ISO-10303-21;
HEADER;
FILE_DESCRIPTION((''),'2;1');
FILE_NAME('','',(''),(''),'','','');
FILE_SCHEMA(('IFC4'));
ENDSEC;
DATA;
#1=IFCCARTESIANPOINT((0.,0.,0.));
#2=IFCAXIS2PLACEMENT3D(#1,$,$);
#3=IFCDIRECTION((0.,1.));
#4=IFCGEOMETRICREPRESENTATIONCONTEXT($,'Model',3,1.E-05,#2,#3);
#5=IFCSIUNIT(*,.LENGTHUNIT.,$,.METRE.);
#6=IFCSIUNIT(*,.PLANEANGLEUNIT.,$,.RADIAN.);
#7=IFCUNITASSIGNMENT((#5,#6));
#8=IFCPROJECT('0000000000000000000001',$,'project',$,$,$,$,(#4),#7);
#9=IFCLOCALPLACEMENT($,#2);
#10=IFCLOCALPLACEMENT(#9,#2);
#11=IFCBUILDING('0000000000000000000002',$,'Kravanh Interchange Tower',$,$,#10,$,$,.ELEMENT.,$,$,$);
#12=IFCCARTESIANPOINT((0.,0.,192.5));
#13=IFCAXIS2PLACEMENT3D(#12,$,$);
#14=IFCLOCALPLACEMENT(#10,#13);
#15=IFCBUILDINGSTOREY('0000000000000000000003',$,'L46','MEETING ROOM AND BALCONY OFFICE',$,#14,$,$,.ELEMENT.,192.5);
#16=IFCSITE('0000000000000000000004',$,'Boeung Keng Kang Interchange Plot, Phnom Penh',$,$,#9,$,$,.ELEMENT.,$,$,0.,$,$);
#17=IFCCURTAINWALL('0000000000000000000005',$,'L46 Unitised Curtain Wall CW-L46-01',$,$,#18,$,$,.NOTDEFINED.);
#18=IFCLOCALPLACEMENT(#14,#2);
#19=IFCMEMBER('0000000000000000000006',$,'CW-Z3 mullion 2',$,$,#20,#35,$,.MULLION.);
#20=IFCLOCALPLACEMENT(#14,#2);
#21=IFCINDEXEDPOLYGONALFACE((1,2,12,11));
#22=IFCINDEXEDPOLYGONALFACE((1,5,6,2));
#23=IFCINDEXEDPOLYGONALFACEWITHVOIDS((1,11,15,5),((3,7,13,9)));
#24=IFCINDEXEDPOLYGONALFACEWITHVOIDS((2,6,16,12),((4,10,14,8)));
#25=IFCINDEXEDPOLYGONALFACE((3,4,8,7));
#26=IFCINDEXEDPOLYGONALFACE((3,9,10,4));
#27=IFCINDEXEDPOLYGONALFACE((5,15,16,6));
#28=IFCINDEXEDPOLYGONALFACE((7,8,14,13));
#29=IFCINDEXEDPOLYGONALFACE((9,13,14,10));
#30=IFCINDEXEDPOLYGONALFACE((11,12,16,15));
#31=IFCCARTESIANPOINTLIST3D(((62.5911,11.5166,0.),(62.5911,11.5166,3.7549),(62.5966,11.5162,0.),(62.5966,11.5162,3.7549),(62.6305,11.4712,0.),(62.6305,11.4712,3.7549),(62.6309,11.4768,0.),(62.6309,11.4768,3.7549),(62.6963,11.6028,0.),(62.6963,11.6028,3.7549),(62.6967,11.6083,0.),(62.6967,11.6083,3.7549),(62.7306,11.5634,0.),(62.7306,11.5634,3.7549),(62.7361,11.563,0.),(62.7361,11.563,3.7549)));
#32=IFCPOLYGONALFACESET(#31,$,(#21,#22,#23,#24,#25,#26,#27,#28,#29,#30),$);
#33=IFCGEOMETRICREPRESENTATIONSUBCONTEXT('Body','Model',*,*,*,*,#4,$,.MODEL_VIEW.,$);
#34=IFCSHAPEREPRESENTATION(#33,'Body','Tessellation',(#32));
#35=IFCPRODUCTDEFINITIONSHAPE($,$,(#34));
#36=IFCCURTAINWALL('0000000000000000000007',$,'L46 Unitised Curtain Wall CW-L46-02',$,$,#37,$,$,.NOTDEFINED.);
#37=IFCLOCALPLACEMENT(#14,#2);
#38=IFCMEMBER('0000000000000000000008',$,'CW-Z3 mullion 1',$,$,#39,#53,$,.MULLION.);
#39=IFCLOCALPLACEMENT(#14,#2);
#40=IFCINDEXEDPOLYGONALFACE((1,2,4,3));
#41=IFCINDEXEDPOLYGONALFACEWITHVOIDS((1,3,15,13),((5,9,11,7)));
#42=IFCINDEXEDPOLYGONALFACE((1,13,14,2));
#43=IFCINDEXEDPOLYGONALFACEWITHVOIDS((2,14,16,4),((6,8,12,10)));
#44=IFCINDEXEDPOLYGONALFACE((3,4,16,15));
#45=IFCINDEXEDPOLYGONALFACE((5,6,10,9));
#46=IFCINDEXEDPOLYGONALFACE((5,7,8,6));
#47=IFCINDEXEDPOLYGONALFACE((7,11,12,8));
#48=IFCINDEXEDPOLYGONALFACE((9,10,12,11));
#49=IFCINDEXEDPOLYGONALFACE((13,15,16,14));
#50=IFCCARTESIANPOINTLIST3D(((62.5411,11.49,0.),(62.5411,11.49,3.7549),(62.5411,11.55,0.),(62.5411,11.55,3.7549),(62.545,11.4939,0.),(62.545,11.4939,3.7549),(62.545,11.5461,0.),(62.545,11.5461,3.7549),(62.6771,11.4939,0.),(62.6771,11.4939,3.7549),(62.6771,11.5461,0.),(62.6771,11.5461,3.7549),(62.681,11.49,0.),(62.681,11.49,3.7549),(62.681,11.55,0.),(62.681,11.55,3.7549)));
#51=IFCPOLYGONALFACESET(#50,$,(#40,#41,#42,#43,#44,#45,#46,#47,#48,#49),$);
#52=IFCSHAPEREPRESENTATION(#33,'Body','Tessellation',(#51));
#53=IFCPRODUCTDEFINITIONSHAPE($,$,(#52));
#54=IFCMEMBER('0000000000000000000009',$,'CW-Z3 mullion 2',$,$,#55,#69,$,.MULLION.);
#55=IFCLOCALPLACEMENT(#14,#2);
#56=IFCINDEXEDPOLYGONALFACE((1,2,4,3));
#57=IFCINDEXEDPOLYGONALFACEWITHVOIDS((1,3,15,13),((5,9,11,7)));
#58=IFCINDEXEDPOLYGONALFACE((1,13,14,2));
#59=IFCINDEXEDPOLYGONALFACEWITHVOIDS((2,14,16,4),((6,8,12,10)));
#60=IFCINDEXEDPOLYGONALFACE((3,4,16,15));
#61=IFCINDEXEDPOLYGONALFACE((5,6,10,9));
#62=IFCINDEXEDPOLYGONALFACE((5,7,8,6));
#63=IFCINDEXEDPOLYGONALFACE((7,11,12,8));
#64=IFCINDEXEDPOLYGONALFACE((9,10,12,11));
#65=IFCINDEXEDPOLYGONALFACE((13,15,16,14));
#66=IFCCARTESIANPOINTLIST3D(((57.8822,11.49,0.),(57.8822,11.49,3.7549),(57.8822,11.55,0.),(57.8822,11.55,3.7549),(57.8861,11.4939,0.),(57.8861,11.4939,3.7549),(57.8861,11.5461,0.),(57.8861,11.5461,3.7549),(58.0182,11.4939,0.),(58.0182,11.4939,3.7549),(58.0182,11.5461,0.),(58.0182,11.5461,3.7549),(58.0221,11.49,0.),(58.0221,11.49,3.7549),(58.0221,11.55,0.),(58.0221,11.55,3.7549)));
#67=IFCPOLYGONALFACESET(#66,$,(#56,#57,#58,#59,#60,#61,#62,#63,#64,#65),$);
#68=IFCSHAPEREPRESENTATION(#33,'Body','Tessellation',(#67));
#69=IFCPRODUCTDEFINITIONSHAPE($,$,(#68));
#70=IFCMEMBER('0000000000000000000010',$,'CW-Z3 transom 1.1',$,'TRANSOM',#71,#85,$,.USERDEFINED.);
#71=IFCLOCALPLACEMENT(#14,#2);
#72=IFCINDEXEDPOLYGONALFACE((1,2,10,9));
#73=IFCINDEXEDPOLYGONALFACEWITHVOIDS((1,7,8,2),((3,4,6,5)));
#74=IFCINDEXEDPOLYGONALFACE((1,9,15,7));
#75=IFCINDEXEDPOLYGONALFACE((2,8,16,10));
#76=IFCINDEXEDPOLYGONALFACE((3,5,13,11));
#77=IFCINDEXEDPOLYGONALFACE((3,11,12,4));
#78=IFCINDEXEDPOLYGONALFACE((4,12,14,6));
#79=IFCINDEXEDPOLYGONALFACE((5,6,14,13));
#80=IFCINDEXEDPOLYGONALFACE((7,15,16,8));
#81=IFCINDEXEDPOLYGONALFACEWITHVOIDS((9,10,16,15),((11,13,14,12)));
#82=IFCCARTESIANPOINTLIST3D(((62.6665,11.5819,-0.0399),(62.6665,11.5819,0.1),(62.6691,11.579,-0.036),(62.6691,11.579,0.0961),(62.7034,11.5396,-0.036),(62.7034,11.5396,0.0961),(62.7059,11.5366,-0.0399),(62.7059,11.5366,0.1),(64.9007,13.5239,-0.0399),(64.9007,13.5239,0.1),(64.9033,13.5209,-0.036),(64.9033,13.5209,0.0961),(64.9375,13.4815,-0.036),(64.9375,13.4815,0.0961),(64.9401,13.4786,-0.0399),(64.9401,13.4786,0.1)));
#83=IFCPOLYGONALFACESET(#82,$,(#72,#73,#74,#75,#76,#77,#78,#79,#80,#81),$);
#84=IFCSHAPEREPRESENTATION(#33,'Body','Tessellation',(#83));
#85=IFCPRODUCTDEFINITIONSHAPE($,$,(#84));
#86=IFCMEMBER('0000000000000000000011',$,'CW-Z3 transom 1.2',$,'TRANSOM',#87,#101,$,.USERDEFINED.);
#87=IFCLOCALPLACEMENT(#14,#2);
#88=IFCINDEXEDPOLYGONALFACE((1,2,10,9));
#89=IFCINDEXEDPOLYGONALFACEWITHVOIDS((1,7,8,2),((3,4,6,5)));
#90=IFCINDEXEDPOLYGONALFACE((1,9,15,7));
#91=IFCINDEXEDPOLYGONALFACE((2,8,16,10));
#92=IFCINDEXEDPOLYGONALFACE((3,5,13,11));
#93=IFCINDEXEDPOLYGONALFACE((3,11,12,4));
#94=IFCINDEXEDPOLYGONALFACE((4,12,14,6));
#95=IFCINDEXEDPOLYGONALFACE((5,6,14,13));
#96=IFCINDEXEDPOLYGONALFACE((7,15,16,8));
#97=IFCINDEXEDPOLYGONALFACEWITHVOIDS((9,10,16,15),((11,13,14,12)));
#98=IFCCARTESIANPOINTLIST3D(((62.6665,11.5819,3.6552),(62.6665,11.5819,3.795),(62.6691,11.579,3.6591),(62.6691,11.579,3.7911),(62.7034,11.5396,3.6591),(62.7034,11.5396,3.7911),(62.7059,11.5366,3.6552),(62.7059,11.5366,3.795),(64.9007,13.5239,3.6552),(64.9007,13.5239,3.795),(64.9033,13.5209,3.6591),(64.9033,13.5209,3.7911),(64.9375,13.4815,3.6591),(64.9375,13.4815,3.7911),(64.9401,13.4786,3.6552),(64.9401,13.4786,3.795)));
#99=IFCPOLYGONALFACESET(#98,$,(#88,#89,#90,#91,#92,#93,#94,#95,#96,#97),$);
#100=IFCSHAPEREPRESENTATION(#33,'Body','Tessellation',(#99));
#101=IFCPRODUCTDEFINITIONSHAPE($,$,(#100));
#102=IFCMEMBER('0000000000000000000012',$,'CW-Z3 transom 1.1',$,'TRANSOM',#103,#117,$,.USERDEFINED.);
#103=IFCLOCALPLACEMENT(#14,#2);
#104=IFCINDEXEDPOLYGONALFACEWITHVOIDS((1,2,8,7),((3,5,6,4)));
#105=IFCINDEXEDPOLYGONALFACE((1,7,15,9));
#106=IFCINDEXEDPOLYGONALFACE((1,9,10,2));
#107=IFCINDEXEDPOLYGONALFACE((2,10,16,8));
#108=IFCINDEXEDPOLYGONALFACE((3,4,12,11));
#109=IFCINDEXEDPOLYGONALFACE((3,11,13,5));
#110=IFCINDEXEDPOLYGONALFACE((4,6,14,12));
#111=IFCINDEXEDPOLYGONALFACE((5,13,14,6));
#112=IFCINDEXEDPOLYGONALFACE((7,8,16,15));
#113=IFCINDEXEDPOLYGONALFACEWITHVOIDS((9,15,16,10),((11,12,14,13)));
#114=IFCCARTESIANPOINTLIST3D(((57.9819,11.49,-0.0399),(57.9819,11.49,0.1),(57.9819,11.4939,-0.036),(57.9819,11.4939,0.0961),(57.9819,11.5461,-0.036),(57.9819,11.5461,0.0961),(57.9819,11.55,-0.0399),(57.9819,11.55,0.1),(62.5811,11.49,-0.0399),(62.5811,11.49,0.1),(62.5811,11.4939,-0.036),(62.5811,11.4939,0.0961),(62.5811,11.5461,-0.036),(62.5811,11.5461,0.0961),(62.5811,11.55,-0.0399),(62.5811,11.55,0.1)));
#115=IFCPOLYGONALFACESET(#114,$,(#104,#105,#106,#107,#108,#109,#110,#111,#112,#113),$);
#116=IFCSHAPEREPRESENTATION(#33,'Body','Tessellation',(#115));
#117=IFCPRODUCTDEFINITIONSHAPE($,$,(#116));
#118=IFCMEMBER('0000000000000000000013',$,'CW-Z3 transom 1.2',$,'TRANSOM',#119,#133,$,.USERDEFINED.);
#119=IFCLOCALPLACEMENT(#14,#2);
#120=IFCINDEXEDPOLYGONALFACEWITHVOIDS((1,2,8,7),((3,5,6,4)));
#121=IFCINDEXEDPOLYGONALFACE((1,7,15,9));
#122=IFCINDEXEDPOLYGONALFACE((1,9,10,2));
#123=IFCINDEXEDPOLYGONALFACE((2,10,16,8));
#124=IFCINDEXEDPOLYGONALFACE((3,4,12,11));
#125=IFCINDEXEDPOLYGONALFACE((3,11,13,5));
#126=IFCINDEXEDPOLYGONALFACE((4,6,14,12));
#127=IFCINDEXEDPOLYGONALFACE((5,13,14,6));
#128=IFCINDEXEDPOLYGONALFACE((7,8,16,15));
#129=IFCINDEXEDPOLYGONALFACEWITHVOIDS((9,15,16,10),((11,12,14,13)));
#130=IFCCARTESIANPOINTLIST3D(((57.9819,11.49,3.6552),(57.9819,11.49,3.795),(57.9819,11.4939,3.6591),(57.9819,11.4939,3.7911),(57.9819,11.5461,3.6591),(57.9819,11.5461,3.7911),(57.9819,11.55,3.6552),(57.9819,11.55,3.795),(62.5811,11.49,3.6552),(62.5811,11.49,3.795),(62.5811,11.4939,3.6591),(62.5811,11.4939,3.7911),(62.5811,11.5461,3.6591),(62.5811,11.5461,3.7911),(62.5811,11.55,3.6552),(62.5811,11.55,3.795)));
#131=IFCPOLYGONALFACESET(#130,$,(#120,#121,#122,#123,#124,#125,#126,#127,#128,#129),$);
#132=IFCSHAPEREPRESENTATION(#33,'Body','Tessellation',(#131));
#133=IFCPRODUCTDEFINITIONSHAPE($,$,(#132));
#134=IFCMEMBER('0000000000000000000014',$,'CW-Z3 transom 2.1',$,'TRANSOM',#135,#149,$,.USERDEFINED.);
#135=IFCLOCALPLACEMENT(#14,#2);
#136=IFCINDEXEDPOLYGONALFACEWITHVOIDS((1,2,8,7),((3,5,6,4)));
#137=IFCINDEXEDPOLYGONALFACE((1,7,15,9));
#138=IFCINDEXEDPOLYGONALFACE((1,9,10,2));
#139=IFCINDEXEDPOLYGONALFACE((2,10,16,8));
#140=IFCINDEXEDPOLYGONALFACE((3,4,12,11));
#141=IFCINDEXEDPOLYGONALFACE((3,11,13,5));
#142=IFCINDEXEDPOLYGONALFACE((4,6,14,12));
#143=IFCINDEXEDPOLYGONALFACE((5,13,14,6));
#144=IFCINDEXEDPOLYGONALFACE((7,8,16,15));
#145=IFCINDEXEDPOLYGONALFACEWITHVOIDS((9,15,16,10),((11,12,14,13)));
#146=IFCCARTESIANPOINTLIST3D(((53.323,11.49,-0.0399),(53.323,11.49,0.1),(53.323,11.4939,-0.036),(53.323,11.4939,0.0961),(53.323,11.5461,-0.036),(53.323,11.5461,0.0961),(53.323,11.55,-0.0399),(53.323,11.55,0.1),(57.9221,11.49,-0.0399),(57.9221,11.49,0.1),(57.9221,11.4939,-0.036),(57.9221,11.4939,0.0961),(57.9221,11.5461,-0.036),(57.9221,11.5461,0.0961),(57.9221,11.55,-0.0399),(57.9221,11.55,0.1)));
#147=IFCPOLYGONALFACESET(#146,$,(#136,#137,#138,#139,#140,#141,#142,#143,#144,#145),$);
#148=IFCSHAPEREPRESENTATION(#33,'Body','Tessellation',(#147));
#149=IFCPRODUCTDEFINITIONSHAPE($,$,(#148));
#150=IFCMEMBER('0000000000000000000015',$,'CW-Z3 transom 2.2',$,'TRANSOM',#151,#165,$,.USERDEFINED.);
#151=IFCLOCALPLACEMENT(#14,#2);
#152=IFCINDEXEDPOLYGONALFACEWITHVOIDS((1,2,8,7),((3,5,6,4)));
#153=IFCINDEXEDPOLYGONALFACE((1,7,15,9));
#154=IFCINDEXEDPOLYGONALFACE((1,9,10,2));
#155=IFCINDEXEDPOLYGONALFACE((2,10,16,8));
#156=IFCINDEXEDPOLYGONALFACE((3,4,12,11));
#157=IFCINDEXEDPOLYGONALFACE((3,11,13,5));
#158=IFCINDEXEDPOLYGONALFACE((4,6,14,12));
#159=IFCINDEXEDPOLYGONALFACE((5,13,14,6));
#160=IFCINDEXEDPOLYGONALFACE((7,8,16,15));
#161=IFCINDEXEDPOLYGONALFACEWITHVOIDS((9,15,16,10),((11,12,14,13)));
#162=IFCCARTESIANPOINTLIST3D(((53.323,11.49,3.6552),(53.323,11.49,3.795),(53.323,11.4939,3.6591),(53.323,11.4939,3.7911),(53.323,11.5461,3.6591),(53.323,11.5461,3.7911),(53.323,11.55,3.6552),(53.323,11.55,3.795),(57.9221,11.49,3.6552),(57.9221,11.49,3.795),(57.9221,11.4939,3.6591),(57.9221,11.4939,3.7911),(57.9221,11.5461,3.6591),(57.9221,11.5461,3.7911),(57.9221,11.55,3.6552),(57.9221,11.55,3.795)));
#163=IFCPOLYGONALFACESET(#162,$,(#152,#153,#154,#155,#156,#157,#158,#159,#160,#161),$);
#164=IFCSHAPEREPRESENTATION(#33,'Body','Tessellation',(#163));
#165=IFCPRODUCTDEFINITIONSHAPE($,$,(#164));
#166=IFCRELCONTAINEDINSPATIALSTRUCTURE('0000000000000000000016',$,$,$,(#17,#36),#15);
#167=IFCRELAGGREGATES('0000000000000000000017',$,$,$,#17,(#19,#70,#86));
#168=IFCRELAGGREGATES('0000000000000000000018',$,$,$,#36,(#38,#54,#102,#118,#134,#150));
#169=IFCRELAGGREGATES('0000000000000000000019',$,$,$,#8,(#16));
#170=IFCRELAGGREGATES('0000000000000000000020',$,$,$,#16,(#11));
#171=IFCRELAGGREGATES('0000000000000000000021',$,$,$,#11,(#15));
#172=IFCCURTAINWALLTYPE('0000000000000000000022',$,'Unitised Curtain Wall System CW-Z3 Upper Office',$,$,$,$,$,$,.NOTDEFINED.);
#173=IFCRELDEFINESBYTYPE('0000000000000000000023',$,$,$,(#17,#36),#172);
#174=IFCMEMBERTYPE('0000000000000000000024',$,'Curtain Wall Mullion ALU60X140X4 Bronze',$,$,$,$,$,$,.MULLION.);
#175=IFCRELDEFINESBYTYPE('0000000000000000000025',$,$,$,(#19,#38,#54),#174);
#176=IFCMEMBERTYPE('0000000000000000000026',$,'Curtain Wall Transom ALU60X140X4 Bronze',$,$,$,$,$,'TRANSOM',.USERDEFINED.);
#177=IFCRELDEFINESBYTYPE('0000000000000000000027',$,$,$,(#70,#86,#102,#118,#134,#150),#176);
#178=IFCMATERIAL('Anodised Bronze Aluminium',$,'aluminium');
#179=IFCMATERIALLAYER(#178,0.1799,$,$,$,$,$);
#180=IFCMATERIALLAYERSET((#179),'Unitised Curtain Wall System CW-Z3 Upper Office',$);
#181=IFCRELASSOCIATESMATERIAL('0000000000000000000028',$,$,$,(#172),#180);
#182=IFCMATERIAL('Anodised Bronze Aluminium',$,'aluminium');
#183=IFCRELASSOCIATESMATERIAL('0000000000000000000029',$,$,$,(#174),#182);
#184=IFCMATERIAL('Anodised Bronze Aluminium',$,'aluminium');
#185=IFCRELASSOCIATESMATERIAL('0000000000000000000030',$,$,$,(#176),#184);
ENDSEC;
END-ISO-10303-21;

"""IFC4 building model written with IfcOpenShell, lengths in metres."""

from ifc_helpers import new_model, si_unit, direction, frame, origin, origin_2d, place, context, subcontext, project, spatial, hollow_rectangle, extrude, material, layer, layer_set, material_profile, profile_set, type_object, element, aggregate, save


model = new_model("IFC4")

# Units and contexts
model_context = context("Model", 3, precision=1e-05, world=origin(), true_north=direction((0.0, 1.0)))
body_context = subcontext(model_context, "Body", "Model", "MODEL_VIEW")
ifc_project = project(units=[si_unit("LENGTHUNIT", "METRE"), si_unit("PLANEANGLEUNIT", "RADIAN")], contexts=[model_context])

# Site, building, storey
site_placement = place(None, origin())
site = spatial("IfcSite", under=ifc_project, at=site_placement, Name="Boeung Keng Kang Interchange Plot, Phnom Penh", CompositionType="ELEMENT", RefElevation=0.0)
building_placement = place(site_placement, origin())
building = spatial("IfcBuilding", under=site, at=building_placement, Name="Kravanh Interchange Tower", CompositionType="ELEMENT")
storey_placement = place(building_placement, frame((0.0, 0.0, 192.5)))
storey = spatial("IfcBuildingStorey", under=building, at=storey_placement, Name="L46", Description="MEETING ROOM AND BALCONY OFFICE", CompositionType="ELEMENT", Elevation=192.5)

# Curtain walls, members
ifc_material_1 = material(Name="Anodised Bronze Aluminium", Category="aluminium")
ifc_layer_1 = layer(ifc_material_1, 0.1799)
ifc_layer_set_1 = layer_set([ifc_layer_1], Name="Unitised Curtain Wall System CW-Z3 Upper Office")
curtain_wall_type = type_object("IfcCurtainWallType", Name="Unitised Curtain Wall System CW-Z3 Upper Office", PredefinedType="NOTDEFINED", material=ifc_layer_set_1)
curtain_wall_1_placement = place(storey_placement, origin())
curtain_wall_1 = element("IfcCurtainWall", 1, at=curtain_wall_1_placement, inside=storey, type_object=curtain_wall_type, Name="L46 Unitised Curtain Wall CW-L46-01", PredefinedType="NOTDEFINED")
ifc_material_2 = material(Name="Anodised Bronze Aluminium", Category="aluminium")
ifc_material_profile_1 = material_profile(ifc_material_2, hollow_rectangle(XDim=0.0601, YDim=0.1399, WallThickness=0.0039, at=origin_2d()), Name="ALU60X140X4")
ifc_profile_set_1 = profile_set([ifc_material_profile_1], Name="Anodised Bronze Aluminium")
member_type_1 = type_object("IfcMemberType", Name="Curtain Wall Mullion ALU60X140X4 Bronze", PredefinedType="MULLION", material=ifc_profile_set_1)
member_1_placement = place(storey_placement, frame((62.6636, 11.5398, 0.0), z_axis=(0.0, 0.0, 1.0), x_axis=(0.656051, -0.754717, 0.0)))
member_1 = element("IfcMember", 2, at=member_1_placement, type_object=member_type_1, Name="CW-Z3 mullion 2", PredefinedType="MULLION", context=body_context, shape_type="SweptSolid", body=[
    extrude(hollow_rectangle(XDim=0.0601, YDim=0.1399, WallThickness=0.0039, at=origin_2d()), origin(), (0.0, 0.0, 1.0), 3.7549),
])
curtain_wall_2_placement = place(storey_placement, origin())
curtain_wall_2 = element("IfcCurtainWall", 3, at=curtain_wall_2_placement, inside=storey, type_object=curtain_wall_type, Name="L46 Unitised Curtain Wall CW-L46-02", PredefinedType="NOTDEFINED")
member_2_placement = place(storey_placement, frame((62.6111, 11.52, 0.0), z_axis=(0.0, 0.0, 1.0), x_axis=(0.0, -1.0, 0.0)))
member_2 = element("IfcMember", 4, at=member_2_placement, type_object=member_type_1, Name="CW-Z3 mullion 1", PredefinedType="MULLION", context=body_context, shape_type="SweptSolid", body=[
    extrude(hollow_rectangle(XDim=0.0601, YDim=0.1399, WallThickness=0.0039, at=origin_2d()), origin(), (0.0, 0.0, 1.0), 3.7549),
])
member_3_placement = place(storey_placement, frame((57.9521, 11.52, 0.0), z_axis=(0.0, 0.0, 1.0), x_axis=(0.0, -1.0, 0.0)))
member_3 = element("IfcMember", 5, at=member_3_placement, type_object=member_type_1, Name="CW-Z3 mullion 2", PredefinedType="MULLION", context=body_context, shape_type="SweptSolid", body=[
    extrude(hollow_rectangle(XDim=0.0601, YDim=0.1399, WallThickness=0.0039, at=origin_2d()), origin(), (0.0, 0.0, 1.0), 3.7549),
])

# Members
ifc_material_3 = material(Name="Anodised Bronze Aluminium", Category="aluminium")
ifc_material_profile_2 = material_profile(ifc_material_3, hollow_rectangle(XDim=0.0601, YDim=0.1399, WallThickness=0.0039, at=origin_2d()), Name="ALU60X140X4")
ifc_profile_set_2 = profile_set([ifc_material_profile_2], Name="Anodised Bronze Aluminium")
member_type_2 = type_object("IfcMemberType", Name="Curtain Wall Transom ALU60X140X4 Bronze", ElementType="TRANSOM", PredefinedType="USERDEFINED", material=ifc_profile_set_2)
member_4_placement = place(storey_placement, frame((64.9204, 13.5012, 0.03), z_axis=(-0.754744, -0.656019, 0.0), x_axis=(0.656019, -0.754744, 0.0)))
member_4 = element("IfcMember", 6, at=member_4_placement, type_object=member_type_2, Name="CW-Z3 transom 1.1", ObjectType="TRANSOM", PredefinedType="USERDEFINED", context=body_context, shape_type="SweptSolid", body=[
    extrude(hollow_rectangle(XDim=0.0601, YDim=0.1399, WallThickness=0.0039, at=origin_2d()), origin(), (0.0, 0.0, 1.0), 2.9602),
])
member_5_placement = place(storey_placement, frame((64.9204, 13.5012, 3.7251), z_axis=(-0.754744, -0.656019, 0.0), x_axis=(0.656019, -0.754744, 0.0)))
member_5 = element("IfcMember", 7, at=member_5_placement, type_object=member_type_2, Name="CW-Z3 transom 1.2", ObjectType="TRANSOM", PredefinedType="USERDEFINED", context=body_context, shape_type="SweptSolid", body=[
    extrude(hollow_rectangle(XDim=0.0601, YDim=0.1399, WallThickness=0.0039, at=origin_2d()), origin(), (0.0, 0.0, 1.0), 2.9602),
])
member_6_placement = place(storey_placement, frame((62.5811, 11.52, 0.03), z_axis=(-1.0, 0.0, 0.0), x_axis=(0.0, -1.0, 0.0)))
member_6 = element("IfcMember", 8, at=member_6_placement, type_object=member_type_2, Name="CW-Z3 transom 1.1", ObjectType="TRANSOM", PredefinedType="USERDEFINED", context=body_context, shape_type="SweptSolid", body=[
    extrude(hollow_rectangle(XDim=0.0601, YDim=0.1399, WallThickness=0.0039, at=origin_2d()), origin(), (0.0, 0.0, 1.0), 4.5991),
])
member_7_placement = place(storey_placement, frame((62.5811, 11.52, 3.7251), z_axis=(-1.0, 0.0, 0.0), x_axis=(0.0, -1.0, 0.0)))
member_7 = element("IfcMember", 9, at=member_7_placement, type_object=member_type_2, Name="CW-Z3 transom 1.2", ObjectType="TRANSOM", PredefinedType="USERDEFINED", context=body_context, shape_type="SweptSolid", body=[
    extrude(hollow_rectangle(XDim=0.0601, YDim=0.1399, WallThickness=0.0039, at=origin_2d()), origin(), (0.0, 0.0, 1.0), 4.5991),
])
member_8_placement = place(storey_placement, frame((57.9221, 11.52, 0.03), z_axis=(-1.0, 0.0, 0.0), x_axis=(0.0, -1.0, 0.0)))
member_8 = element("IfcMember", 10, at=member_8_placement, type_object=member_type_2, Name="CW-Z3 transom 2.1", ObjectType="TRANSOM", PredefinedType="USERDEFINED", context=body_context, shape_type="SweptSolid", body=[
    extrude(hollow_rectangle(XDim=0.0601, YDim=0.1399, WallThickness=0.0039, at=origin_2d()), origin(), (0.0, 0.0, 1.0), 4.5991),
])
member_9_placement = place(storey_placement, frame((57.9221, 11.52, 3.7251), z_axis=(-1.0, 0.0, 0.0), x_axis=(0.0, -1.0, 0.0)))
member_9 = element("IfcMember", 11, at=member_9_placement, type_object=member_type_2, Name="CW-Z3 transom 2.2", ObjectType="TRANSOM", PredefinedType="USERDEFINED", context=body_context, shape_type="SweptSolid", body=[
    extrude(hollow_rectangle(XDim=0.0601, YDim=0.1399, WallThickness=0.0039, at=origin_2d()), origin(), (0.0, 0.0, 1.0), 4.5991),
])

aggregate(curtain_wall_1, [member_1, member_4, member_5])
aggregate(curtain_wall_2, [member_2, member_3, member_6, member_7, member_8, member_9])

save(model, "model.ifc")
